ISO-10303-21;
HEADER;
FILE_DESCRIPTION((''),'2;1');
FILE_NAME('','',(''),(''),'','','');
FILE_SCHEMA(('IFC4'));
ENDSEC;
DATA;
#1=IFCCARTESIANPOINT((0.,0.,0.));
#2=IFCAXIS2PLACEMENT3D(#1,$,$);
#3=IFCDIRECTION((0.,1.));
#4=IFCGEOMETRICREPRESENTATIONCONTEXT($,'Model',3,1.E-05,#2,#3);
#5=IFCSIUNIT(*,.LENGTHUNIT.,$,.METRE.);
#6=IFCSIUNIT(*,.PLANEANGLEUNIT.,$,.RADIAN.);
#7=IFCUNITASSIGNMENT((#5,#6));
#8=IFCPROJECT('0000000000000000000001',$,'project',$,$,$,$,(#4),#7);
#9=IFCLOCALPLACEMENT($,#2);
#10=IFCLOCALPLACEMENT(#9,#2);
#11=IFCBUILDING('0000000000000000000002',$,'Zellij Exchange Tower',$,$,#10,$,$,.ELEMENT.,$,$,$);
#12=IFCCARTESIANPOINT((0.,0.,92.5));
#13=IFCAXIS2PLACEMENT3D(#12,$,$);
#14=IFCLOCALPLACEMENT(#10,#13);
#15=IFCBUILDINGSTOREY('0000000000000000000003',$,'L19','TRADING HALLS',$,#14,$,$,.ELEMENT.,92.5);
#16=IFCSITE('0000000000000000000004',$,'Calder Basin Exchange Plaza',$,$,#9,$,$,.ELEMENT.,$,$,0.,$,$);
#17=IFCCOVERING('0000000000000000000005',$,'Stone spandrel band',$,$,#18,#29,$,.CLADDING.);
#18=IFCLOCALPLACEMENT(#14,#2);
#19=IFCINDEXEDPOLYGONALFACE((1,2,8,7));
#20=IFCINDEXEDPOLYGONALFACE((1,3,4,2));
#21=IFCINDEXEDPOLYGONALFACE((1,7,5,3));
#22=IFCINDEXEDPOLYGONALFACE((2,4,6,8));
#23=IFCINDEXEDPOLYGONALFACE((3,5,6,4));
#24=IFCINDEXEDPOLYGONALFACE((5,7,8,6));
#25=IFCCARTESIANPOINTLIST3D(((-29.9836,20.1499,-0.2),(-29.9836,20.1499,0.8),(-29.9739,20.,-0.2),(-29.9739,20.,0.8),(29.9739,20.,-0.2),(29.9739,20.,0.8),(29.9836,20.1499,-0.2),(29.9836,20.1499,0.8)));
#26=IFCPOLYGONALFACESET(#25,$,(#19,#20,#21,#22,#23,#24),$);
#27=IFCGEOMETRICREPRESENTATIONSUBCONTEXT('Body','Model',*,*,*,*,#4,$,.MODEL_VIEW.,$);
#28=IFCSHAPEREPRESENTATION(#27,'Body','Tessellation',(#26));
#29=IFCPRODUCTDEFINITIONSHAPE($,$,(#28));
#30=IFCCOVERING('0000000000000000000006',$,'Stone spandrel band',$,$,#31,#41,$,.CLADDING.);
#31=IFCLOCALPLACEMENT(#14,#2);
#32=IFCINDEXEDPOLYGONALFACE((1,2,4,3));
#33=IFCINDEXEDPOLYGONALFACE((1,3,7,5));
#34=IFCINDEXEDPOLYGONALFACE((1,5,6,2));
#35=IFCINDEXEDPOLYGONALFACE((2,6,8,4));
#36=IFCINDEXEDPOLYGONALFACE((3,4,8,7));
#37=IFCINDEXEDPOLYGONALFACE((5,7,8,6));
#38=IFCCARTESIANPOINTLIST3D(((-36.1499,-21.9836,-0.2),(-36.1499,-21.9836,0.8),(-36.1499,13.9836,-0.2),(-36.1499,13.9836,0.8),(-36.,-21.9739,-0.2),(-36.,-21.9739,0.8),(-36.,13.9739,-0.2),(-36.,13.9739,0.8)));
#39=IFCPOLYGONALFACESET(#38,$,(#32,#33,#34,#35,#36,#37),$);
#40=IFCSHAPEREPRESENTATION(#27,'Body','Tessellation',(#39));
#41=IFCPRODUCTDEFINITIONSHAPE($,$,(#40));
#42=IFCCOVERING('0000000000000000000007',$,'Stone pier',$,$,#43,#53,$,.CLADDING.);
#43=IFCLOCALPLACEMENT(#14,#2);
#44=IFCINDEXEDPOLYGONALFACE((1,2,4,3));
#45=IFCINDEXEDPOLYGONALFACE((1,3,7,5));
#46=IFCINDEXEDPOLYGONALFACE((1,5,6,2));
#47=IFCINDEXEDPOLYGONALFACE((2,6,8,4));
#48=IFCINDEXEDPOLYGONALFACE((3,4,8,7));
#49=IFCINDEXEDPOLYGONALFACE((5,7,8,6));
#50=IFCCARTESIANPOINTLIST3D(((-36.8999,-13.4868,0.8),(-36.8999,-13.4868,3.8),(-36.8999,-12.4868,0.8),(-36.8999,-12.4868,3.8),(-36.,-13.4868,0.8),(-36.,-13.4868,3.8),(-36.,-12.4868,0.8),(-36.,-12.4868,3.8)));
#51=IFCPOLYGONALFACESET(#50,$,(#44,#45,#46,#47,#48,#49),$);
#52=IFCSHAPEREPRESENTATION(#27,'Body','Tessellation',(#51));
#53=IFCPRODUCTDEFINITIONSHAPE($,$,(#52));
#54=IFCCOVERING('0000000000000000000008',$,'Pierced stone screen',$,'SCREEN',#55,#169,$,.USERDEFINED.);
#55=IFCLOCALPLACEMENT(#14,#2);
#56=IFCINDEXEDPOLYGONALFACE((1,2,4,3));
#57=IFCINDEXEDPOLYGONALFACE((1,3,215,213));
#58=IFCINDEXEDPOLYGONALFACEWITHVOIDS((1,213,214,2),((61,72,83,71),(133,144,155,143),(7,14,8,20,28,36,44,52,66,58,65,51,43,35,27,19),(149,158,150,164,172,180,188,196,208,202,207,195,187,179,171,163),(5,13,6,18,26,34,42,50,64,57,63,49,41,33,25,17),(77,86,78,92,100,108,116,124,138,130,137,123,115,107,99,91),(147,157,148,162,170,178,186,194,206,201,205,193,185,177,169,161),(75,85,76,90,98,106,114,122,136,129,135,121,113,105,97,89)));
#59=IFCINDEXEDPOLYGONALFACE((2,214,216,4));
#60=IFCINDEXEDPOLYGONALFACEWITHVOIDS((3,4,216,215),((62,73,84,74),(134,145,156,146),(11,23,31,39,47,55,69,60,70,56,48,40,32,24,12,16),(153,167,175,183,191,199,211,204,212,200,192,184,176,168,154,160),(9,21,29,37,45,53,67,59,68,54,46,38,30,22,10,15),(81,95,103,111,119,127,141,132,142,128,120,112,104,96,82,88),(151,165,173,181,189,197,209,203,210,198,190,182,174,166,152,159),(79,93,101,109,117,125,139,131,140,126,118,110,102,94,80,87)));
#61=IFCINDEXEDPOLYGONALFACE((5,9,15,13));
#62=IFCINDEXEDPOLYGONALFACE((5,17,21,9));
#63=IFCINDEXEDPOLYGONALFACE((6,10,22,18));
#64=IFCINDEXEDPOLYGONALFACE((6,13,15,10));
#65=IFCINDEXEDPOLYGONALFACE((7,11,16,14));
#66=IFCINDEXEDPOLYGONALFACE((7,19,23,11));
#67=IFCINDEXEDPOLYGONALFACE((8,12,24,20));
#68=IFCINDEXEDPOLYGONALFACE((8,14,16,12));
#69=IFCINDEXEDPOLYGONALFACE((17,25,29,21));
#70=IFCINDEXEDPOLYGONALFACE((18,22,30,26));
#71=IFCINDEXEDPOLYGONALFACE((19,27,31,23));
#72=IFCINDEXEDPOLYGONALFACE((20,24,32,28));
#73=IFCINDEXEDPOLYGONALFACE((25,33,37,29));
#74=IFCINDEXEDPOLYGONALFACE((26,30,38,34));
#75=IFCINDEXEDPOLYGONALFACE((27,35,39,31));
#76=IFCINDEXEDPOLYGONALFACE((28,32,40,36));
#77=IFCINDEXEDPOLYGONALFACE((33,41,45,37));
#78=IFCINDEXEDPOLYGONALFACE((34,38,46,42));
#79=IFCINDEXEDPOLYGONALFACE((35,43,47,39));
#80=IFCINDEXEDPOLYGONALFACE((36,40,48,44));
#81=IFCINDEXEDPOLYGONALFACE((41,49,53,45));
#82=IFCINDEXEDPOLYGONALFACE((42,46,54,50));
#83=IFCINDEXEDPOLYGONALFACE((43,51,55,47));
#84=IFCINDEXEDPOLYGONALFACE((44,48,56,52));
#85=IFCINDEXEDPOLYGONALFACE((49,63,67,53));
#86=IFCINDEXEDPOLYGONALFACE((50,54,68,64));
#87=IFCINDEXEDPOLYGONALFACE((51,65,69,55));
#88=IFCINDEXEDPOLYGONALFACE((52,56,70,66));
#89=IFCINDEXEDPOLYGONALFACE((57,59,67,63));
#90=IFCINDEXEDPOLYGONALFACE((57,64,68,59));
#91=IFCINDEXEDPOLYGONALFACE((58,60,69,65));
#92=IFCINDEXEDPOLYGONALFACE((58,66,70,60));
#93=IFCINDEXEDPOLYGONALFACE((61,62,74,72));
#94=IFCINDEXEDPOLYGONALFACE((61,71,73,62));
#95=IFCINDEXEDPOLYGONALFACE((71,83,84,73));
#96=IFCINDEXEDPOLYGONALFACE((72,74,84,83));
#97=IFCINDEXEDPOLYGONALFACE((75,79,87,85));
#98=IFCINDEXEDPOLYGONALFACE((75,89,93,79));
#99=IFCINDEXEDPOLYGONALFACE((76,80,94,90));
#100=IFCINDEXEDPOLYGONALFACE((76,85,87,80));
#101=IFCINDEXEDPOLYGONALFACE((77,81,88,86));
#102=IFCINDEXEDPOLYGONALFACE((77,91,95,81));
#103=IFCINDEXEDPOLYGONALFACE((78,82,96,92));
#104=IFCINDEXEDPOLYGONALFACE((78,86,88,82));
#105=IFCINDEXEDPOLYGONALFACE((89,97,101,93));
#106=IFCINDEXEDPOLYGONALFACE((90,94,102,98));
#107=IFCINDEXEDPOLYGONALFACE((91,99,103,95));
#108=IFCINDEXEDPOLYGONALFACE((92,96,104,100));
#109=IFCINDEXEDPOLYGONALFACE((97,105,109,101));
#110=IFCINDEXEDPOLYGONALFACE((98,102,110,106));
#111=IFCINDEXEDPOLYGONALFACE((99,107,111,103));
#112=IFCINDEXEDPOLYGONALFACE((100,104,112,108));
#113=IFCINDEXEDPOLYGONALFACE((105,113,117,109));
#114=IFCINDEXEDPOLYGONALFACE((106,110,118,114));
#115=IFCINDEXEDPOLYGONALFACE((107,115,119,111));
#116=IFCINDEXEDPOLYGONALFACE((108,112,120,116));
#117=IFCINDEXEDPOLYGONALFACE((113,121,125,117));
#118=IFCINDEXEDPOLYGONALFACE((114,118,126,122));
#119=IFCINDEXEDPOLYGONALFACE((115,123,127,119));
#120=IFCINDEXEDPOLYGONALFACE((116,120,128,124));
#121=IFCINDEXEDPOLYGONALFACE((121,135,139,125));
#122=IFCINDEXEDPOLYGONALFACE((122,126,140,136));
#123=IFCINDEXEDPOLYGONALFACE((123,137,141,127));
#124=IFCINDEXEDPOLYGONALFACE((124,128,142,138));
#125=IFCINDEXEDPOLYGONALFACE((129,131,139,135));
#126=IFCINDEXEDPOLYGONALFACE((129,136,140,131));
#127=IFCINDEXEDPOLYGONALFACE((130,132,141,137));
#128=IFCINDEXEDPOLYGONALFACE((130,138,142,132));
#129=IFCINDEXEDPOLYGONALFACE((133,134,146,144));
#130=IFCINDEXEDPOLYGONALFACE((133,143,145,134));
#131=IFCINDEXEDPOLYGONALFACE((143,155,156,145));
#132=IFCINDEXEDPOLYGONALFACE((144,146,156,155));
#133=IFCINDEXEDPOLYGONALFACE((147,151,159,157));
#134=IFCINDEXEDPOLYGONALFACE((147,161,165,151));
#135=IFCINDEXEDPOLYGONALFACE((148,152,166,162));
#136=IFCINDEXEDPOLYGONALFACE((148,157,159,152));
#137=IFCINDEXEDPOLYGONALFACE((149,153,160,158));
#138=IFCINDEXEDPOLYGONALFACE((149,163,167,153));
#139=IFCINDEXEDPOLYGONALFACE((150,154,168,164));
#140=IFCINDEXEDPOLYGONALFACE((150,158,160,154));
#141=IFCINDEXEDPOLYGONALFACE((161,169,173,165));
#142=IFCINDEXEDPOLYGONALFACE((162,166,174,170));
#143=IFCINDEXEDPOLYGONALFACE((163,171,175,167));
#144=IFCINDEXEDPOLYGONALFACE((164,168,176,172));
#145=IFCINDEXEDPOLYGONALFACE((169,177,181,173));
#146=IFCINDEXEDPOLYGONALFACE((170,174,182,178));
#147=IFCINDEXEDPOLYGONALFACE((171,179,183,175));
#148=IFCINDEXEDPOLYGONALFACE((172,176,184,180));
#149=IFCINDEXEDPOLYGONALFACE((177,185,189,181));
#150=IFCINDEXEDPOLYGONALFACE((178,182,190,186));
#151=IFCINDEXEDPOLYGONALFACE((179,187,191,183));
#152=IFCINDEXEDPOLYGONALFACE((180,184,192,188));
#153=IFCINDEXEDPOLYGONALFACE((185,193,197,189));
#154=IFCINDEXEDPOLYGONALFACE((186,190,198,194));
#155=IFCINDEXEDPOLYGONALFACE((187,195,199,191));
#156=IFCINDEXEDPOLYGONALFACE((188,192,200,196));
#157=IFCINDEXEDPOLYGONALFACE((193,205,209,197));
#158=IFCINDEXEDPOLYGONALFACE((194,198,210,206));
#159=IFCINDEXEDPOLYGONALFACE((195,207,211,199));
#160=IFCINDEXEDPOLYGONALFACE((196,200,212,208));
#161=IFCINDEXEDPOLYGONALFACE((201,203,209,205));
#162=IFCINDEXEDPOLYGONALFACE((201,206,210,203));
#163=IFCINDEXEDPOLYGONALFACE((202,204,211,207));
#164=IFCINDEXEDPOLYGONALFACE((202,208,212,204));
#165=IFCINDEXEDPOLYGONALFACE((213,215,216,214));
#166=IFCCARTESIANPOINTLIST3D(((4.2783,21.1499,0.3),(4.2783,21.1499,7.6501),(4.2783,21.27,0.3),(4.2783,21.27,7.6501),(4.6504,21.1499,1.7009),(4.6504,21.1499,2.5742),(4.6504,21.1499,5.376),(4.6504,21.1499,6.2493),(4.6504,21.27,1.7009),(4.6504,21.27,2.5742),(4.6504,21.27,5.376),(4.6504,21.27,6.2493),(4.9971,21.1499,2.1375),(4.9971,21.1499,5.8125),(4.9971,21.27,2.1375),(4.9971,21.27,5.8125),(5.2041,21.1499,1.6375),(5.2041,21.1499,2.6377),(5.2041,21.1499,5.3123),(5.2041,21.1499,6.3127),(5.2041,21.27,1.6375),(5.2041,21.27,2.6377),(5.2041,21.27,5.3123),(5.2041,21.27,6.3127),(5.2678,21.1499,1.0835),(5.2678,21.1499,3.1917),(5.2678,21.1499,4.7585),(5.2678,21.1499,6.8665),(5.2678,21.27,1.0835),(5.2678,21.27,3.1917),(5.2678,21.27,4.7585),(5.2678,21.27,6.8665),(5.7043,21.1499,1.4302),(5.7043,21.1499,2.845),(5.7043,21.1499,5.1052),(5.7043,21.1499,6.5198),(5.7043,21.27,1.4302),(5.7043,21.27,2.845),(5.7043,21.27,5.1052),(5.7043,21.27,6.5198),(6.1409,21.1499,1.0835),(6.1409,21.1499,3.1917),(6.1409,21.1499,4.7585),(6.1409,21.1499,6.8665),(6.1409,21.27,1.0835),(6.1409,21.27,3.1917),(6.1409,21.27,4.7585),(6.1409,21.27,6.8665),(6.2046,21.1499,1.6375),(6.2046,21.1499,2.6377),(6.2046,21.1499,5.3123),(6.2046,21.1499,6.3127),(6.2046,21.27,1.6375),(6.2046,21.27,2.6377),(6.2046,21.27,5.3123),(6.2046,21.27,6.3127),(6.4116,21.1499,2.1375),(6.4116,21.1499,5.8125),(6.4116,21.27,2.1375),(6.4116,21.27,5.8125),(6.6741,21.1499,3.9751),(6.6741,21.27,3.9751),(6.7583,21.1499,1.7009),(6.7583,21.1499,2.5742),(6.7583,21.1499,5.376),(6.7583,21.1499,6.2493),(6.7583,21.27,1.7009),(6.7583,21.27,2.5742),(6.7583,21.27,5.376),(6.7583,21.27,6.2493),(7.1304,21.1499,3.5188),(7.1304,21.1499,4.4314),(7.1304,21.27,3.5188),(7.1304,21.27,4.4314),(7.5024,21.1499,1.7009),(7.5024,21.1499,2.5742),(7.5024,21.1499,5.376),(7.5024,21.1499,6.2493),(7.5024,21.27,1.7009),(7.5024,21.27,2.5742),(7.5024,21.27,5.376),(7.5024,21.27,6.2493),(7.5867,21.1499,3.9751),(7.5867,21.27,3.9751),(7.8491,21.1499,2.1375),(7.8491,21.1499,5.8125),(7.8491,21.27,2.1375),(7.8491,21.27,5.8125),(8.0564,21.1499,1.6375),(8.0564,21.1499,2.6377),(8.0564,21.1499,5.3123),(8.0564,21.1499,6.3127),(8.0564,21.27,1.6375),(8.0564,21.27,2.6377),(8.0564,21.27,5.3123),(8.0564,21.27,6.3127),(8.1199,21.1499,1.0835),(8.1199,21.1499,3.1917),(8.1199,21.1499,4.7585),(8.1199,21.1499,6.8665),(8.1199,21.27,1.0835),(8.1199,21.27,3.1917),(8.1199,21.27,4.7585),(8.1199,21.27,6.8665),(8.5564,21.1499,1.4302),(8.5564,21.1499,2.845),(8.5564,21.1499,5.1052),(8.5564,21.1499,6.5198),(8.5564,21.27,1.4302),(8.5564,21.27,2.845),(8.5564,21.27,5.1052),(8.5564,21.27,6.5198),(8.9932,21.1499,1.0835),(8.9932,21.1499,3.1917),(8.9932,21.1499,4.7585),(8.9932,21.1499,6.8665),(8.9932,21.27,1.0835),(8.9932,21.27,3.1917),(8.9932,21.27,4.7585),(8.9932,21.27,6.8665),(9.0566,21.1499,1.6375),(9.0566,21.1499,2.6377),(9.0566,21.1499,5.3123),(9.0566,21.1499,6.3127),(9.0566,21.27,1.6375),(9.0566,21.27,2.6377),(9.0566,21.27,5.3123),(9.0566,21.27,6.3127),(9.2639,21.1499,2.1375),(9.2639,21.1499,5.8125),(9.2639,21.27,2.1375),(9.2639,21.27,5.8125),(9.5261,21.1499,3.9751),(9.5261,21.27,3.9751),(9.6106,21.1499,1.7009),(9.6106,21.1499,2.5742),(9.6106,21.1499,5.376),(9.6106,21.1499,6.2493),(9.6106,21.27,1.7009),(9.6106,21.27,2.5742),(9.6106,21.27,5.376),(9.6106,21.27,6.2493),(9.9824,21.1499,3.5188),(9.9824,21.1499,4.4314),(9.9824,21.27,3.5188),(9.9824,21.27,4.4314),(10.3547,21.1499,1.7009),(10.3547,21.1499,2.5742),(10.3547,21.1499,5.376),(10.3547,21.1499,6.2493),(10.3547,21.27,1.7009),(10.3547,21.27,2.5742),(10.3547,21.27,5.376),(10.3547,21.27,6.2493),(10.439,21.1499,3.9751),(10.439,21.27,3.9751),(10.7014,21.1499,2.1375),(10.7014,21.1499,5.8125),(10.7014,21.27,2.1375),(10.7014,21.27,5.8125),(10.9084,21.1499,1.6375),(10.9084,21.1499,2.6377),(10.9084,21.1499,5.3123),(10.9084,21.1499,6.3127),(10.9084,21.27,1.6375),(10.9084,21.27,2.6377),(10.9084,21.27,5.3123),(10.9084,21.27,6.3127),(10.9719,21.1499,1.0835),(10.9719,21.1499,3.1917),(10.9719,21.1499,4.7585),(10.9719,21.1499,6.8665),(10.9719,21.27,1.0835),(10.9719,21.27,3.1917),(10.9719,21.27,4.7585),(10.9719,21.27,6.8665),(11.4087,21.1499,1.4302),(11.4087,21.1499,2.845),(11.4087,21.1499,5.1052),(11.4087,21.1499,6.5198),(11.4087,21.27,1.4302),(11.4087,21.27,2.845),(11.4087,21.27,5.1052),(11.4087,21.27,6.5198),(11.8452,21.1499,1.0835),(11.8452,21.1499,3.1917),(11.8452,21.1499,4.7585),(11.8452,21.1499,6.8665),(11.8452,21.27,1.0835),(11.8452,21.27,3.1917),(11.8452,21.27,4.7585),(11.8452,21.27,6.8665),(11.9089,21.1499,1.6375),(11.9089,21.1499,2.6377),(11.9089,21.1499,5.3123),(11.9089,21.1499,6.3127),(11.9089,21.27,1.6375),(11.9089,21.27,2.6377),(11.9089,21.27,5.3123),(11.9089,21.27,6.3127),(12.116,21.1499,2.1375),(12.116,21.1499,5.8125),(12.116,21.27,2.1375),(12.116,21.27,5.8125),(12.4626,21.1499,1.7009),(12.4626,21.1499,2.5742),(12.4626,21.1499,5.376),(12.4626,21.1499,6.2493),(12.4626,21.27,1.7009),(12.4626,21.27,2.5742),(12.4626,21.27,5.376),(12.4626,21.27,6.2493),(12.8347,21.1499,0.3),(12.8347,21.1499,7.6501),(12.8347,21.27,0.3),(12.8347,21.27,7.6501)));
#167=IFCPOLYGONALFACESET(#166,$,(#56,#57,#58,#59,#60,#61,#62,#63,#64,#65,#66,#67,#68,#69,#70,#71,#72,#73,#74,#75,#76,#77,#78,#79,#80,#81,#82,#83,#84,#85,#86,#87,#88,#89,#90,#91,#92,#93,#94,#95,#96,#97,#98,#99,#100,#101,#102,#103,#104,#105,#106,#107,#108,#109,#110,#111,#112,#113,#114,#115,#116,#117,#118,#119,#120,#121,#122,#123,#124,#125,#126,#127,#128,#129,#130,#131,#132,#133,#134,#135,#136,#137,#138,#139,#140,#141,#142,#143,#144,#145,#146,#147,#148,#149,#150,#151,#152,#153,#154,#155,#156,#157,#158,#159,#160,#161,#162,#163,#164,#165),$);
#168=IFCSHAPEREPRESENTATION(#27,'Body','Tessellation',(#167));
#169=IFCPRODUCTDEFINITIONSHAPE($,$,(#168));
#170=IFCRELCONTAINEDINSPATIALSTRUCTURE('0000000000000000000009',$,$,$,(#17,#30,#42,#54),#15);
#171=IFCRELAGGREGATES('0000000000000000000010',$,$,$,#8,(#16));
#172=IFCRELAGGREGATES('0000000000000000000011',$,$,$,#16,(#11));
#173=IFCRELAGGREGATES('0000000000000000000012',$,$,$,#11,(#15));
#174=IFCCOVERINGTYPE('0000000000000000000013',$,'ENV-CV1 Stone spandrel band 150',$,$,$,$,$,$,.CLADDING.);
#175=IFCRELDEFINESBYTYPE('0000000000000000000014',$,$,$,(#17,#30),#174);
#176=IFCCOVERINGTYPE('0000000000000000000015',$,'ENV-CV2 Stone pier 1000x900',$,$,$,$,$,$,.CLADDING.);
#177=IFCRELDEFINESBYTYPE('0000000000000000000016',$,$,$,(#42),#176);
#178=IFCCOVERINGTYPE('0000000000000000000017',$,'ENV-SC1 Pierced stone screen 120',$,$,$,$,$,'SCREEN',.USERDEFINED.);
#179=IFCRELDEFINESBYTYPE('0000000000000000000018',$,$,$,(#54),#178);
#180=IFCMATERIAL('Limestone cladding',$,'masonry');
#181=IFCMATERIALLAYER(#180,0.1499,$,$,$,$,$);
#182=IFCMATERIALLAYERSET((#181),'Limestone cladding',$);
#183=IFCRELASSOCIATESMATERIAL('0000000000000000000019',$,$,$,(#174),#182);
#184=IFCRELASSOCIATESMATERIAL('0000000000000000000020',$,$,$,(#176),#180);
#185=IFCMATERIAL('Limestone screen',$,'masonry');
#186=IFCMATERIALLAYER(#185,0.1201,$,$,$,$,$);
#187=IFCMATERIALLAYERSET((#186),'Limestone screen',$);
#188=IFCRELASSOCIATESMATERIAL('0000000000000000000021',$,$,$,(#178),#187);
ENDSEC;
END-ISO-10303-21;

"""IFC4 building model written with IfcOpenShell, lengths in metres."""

from ifc_helpers import new_model, si_unit, direction, frame, origin, place, context, subcontext, project, spatial, polyline, outline, extrude, material, layer, layer_set, type_object, element, save


model = new_model("IFC4")

# Units and contexts
model_context = context("Model", 3, precision=1e-05, world=origin(), true_north=direction((0.0, 1.0)))
body_context = subcontext(model_context, "Body", "Model", "MODEL_VIEW")
ifc_project = project(units=[si_unit("LENGTHUNIT", "METRE"), si_unit("PLANEANGLEUNIT", "RADIAN")], contexts=[model_context])

# Site, building, storey
site_placement = place(None, origin())
site = spatial("IfcSite", under=ifc_project, at=site_placement, Name="Calder Basin Exchange Plaza", CompositionType="ELEMENT", RefElevation=0.0)
building_placement = place(site_placement, origin())
building = spatial("IfcBuilding", under=site, at=building_placement, Name="Zellij Exchange Tower", CompositionType="ELEMENT")
storey_placement = place(building_placement, frame((0.0, 0.0, 92.5)))
storey = spatial("IfcBuildingStorey", under=building, at=storey_placement, Name="L19", Description="TRADING HALLS", CompositionType="ELEMENT", Elevation=92.5)

# Coverings
ifc_material_1 = material(Name="Limestone cladding", Category="masonry")
ifc_layer_1 = layer(ifc_material_1, 0.1499)
ifc_layer_set_1 = layer_set([ifc_layer_1], Name="Limestone cladding")
covering_type_1 = type_object("IfcCoveringType", Name="ENV-CV1 Stone spandrel band 150", PredefinedType="CLADDING", material=ifc_layer_set_1)
covering_1_placement = place(storey_placement, frame((0.0, 0.0, -0.2)))
element("IfcCovering", 1, at=covering_1_placement, inside=storey, type_object=covering_type_1, Name="Stone spandrel band", PredefinedType="CLADDING", context=body_context, shape_type="SweptSolid", body=[
    extrude(outline(polyline([(29.9739, 20.0), (-29.9739, 20.0), (-29.9836, 20.1499), (29.9836, 20.1499), (29.9739, 20.0)])), origin(), (0.0, 0.0, 1.0), 1.0),
])
covering_2_placement = place(storey_placement, frame((0.0, 0.0, -0.2)))
element("IfcCovering", 2, at=covering_2_placement, inside=storey, type_object=covering_type_1, Name="Stone spandrel band", PredefinedType="CLADDING", context=body_context, shape_type="SweptSolid", body=[
    extrude(outline(polyline([(-36.0, 13.9739), (-36.0, -21.9739), (-36.1499, -21.9836), (-36.1499, 13.9836), (-36.0, 13.9739)])), origin(), (0.0, 0.0, 1.0), 1.0),
])
covering_type_2 = type_object("IfcCoveringType", Name="ENV-CV2 Stone pier 1000x900", PredefinedType="CLADDING", material=ifc_material_1)
covering_3_placement = place(storey_placement, frame((0.0, 0.0, 0.8)))
element("IfcCovering", 3, at=covering_3_placement, inside=storey, type_object=covering_type_2, Name="Stone pier", PredefinedType="CLADDING", context=body_context, shape_type="SweptSolid", body=[
    extrude(outline(polyline([(-36.0, -12.4868), (-36.0, -13.4868), (-36.8999, -13.4868), (-36.8999, -12.4868), (-36.0, -12.4868)])), origin(), (0.0, 0.0, 1.0), 3.0),
])
ifc_material_2 = material(Name="Limestone screen", Category="masonry")
ifc_layer_2 = layer(ifc_material_2, 0.1201)
ifc_layer_set_2 = layer_set([ifc_layer_2], Name="Limestone screen")
covering_type_3 = type_object("IfcCoveringType", Name="ENV-SC1 Pierced stone screen 120", ElementType="SCREEN", PredefinedType="USERDEFINED", material=ifc_layer_set_2)
covering_4_placement = place(storey_placement, frame((12.8347, 21.21, 0.3), z_axis=(0.0, 0.0, 1.0), x_axis=(-1.0, 0.0, 0.0)))
element("IfcCovering", 4, at=covering_4_placement, inside=storey, type_object=covering_type_3, Name="Pierced stone screen", ObjectType="SCREEN", PredefinedType="USERDEFINED", context=body_context, shape_type="SweptSolid", body=[
    extrude(outline(polyline([(0.0, 0.0), (8.5564, 0.0), (8.5564, 7.3501), (0.0, 7.3501), (0.0, 0.0)]), holes=[polyline([(2.48, 2.2742), (1.9263, 2.3376), (1.8628, 2.8916), (1.426, 2.5449), (0.9895, 2.8916), (0.9258, 2.3376), (0.3721, 2.2742), (0.7188, 1.8374), (0.3721, 1.4009), (0.9258, 1.3374), (0.9895, 0.7834), (1.426, 1.1301), (1.8628, 0.7834), (1.9263, 1.3374), (2.48, 1.4009), (2.1333, 1.8374), (2.48, 2.2742)]), polyline([(2.48, 5.9492), (1.9263, 6.0127), (1.8628, 6.5664), (1.426, 6.2197), (0.9895, 6.5664), (0.9258, 6.0127), (0.3721, 5.9492), (0.7188, 5.5125), (0.3721, 5.0759), (0.9258, 5.0122), (0.9895, 4.4585), (1.426, 4.8052), (1.8628, 4.4585), (1.9263, 5.0122), (2.48, 5.0759), (2.1333, 5.5125), (2.48, 5.9492)]), polyline([(5.3323, 2.2742), (4.7783, 2.3376), (4.7148, 2.8916), (4.2783, 2.5449), (3.8416, 2.8916), (3.7781, 2.3376), (3.2241, 2.2742), (3.5708, 1.8374), (3.2241, 1.4009), (3.7781, 1.3374), (3.8416, 0.7834), (4.2783, 1.1301), (4.7148, 0.7834), (4.7783, 1.3374), (5.3323, 1.4009), (4.9856, 1.8374), (5.3323, 2.2742)]), polyline([(5.3323, 5.9492), (4.7783, 6.0127), (4.7148, 6.5664), (4.2783, 6.2197), (3.8416, 6.5664), (3.7781, 6.0127), (3.2241, 5.9492), (3.5708, 5.5125), (3.2241, 5.0759), (3.7781, 5.0122), (3.8416, 4.4585), (4.2783, 4.8052), (4.7148, 4.4585), (4.7783, 5.0122), (5.3323, 5.0759), (4.9856, 5.5125), (5.3323, 5.9492)]), polyline([(8.1843, 2.2742), (7.6306, 2.3376), (7.5669, 2.8916), (7.1304, 2.5449), (6.6938, 2.8916), (6.6301, 2.3376), (6.0764, 2.2742), (6.4231, 1.8374), (6.0764, 1.4009), (6.6301, 1.3374), (6.6938, 0.7834), (7.1304, 1.1301), (7.5669, 0.7834), (7.6306, 1.3374), (8.1843, 1.4009), (7.8376, 1.8374), (8.1843, 2.2742)]), polyline([(8.1843, 5.9492), (7.6306, 6.0127), (7.5669, 6.5664), (7.1304, 6.2197), (6.6938, 6.5664), (6.6301, 6.0127), (6.0764, 5.9492), (6.4231, 5.5125), (6.0764, 5.0759), (6.6301, 5.0122), (6.6938, 4.4585), (7.1304, 4.8052), (7.5669, 4.4585), (7.6306, 5.0122), (8.1843, 5.0759), (7.8376, 5.5125), (8.1843, 5.9492)]), polyline([(3.3086, 3.675), (2.8523, 4.1313), (2.3958, 3.675), (2.8523, 3.2188), (3.3086, 3.675)]), polyline([(6.1606, 3.675), (5.7043, 4.1313), (5.248, 3.675), (5.7043, 3.2188), (6.1606, 3.675)])]), frame((0.0, 0.0601, 0.0), z_axis=(0.0, -1.0, 0.0), x_axis=(1.0, 0.0, 0.0)), (0.0, 0.0, 1.0), 0.1201),
])

save(model, "model.ifc")
